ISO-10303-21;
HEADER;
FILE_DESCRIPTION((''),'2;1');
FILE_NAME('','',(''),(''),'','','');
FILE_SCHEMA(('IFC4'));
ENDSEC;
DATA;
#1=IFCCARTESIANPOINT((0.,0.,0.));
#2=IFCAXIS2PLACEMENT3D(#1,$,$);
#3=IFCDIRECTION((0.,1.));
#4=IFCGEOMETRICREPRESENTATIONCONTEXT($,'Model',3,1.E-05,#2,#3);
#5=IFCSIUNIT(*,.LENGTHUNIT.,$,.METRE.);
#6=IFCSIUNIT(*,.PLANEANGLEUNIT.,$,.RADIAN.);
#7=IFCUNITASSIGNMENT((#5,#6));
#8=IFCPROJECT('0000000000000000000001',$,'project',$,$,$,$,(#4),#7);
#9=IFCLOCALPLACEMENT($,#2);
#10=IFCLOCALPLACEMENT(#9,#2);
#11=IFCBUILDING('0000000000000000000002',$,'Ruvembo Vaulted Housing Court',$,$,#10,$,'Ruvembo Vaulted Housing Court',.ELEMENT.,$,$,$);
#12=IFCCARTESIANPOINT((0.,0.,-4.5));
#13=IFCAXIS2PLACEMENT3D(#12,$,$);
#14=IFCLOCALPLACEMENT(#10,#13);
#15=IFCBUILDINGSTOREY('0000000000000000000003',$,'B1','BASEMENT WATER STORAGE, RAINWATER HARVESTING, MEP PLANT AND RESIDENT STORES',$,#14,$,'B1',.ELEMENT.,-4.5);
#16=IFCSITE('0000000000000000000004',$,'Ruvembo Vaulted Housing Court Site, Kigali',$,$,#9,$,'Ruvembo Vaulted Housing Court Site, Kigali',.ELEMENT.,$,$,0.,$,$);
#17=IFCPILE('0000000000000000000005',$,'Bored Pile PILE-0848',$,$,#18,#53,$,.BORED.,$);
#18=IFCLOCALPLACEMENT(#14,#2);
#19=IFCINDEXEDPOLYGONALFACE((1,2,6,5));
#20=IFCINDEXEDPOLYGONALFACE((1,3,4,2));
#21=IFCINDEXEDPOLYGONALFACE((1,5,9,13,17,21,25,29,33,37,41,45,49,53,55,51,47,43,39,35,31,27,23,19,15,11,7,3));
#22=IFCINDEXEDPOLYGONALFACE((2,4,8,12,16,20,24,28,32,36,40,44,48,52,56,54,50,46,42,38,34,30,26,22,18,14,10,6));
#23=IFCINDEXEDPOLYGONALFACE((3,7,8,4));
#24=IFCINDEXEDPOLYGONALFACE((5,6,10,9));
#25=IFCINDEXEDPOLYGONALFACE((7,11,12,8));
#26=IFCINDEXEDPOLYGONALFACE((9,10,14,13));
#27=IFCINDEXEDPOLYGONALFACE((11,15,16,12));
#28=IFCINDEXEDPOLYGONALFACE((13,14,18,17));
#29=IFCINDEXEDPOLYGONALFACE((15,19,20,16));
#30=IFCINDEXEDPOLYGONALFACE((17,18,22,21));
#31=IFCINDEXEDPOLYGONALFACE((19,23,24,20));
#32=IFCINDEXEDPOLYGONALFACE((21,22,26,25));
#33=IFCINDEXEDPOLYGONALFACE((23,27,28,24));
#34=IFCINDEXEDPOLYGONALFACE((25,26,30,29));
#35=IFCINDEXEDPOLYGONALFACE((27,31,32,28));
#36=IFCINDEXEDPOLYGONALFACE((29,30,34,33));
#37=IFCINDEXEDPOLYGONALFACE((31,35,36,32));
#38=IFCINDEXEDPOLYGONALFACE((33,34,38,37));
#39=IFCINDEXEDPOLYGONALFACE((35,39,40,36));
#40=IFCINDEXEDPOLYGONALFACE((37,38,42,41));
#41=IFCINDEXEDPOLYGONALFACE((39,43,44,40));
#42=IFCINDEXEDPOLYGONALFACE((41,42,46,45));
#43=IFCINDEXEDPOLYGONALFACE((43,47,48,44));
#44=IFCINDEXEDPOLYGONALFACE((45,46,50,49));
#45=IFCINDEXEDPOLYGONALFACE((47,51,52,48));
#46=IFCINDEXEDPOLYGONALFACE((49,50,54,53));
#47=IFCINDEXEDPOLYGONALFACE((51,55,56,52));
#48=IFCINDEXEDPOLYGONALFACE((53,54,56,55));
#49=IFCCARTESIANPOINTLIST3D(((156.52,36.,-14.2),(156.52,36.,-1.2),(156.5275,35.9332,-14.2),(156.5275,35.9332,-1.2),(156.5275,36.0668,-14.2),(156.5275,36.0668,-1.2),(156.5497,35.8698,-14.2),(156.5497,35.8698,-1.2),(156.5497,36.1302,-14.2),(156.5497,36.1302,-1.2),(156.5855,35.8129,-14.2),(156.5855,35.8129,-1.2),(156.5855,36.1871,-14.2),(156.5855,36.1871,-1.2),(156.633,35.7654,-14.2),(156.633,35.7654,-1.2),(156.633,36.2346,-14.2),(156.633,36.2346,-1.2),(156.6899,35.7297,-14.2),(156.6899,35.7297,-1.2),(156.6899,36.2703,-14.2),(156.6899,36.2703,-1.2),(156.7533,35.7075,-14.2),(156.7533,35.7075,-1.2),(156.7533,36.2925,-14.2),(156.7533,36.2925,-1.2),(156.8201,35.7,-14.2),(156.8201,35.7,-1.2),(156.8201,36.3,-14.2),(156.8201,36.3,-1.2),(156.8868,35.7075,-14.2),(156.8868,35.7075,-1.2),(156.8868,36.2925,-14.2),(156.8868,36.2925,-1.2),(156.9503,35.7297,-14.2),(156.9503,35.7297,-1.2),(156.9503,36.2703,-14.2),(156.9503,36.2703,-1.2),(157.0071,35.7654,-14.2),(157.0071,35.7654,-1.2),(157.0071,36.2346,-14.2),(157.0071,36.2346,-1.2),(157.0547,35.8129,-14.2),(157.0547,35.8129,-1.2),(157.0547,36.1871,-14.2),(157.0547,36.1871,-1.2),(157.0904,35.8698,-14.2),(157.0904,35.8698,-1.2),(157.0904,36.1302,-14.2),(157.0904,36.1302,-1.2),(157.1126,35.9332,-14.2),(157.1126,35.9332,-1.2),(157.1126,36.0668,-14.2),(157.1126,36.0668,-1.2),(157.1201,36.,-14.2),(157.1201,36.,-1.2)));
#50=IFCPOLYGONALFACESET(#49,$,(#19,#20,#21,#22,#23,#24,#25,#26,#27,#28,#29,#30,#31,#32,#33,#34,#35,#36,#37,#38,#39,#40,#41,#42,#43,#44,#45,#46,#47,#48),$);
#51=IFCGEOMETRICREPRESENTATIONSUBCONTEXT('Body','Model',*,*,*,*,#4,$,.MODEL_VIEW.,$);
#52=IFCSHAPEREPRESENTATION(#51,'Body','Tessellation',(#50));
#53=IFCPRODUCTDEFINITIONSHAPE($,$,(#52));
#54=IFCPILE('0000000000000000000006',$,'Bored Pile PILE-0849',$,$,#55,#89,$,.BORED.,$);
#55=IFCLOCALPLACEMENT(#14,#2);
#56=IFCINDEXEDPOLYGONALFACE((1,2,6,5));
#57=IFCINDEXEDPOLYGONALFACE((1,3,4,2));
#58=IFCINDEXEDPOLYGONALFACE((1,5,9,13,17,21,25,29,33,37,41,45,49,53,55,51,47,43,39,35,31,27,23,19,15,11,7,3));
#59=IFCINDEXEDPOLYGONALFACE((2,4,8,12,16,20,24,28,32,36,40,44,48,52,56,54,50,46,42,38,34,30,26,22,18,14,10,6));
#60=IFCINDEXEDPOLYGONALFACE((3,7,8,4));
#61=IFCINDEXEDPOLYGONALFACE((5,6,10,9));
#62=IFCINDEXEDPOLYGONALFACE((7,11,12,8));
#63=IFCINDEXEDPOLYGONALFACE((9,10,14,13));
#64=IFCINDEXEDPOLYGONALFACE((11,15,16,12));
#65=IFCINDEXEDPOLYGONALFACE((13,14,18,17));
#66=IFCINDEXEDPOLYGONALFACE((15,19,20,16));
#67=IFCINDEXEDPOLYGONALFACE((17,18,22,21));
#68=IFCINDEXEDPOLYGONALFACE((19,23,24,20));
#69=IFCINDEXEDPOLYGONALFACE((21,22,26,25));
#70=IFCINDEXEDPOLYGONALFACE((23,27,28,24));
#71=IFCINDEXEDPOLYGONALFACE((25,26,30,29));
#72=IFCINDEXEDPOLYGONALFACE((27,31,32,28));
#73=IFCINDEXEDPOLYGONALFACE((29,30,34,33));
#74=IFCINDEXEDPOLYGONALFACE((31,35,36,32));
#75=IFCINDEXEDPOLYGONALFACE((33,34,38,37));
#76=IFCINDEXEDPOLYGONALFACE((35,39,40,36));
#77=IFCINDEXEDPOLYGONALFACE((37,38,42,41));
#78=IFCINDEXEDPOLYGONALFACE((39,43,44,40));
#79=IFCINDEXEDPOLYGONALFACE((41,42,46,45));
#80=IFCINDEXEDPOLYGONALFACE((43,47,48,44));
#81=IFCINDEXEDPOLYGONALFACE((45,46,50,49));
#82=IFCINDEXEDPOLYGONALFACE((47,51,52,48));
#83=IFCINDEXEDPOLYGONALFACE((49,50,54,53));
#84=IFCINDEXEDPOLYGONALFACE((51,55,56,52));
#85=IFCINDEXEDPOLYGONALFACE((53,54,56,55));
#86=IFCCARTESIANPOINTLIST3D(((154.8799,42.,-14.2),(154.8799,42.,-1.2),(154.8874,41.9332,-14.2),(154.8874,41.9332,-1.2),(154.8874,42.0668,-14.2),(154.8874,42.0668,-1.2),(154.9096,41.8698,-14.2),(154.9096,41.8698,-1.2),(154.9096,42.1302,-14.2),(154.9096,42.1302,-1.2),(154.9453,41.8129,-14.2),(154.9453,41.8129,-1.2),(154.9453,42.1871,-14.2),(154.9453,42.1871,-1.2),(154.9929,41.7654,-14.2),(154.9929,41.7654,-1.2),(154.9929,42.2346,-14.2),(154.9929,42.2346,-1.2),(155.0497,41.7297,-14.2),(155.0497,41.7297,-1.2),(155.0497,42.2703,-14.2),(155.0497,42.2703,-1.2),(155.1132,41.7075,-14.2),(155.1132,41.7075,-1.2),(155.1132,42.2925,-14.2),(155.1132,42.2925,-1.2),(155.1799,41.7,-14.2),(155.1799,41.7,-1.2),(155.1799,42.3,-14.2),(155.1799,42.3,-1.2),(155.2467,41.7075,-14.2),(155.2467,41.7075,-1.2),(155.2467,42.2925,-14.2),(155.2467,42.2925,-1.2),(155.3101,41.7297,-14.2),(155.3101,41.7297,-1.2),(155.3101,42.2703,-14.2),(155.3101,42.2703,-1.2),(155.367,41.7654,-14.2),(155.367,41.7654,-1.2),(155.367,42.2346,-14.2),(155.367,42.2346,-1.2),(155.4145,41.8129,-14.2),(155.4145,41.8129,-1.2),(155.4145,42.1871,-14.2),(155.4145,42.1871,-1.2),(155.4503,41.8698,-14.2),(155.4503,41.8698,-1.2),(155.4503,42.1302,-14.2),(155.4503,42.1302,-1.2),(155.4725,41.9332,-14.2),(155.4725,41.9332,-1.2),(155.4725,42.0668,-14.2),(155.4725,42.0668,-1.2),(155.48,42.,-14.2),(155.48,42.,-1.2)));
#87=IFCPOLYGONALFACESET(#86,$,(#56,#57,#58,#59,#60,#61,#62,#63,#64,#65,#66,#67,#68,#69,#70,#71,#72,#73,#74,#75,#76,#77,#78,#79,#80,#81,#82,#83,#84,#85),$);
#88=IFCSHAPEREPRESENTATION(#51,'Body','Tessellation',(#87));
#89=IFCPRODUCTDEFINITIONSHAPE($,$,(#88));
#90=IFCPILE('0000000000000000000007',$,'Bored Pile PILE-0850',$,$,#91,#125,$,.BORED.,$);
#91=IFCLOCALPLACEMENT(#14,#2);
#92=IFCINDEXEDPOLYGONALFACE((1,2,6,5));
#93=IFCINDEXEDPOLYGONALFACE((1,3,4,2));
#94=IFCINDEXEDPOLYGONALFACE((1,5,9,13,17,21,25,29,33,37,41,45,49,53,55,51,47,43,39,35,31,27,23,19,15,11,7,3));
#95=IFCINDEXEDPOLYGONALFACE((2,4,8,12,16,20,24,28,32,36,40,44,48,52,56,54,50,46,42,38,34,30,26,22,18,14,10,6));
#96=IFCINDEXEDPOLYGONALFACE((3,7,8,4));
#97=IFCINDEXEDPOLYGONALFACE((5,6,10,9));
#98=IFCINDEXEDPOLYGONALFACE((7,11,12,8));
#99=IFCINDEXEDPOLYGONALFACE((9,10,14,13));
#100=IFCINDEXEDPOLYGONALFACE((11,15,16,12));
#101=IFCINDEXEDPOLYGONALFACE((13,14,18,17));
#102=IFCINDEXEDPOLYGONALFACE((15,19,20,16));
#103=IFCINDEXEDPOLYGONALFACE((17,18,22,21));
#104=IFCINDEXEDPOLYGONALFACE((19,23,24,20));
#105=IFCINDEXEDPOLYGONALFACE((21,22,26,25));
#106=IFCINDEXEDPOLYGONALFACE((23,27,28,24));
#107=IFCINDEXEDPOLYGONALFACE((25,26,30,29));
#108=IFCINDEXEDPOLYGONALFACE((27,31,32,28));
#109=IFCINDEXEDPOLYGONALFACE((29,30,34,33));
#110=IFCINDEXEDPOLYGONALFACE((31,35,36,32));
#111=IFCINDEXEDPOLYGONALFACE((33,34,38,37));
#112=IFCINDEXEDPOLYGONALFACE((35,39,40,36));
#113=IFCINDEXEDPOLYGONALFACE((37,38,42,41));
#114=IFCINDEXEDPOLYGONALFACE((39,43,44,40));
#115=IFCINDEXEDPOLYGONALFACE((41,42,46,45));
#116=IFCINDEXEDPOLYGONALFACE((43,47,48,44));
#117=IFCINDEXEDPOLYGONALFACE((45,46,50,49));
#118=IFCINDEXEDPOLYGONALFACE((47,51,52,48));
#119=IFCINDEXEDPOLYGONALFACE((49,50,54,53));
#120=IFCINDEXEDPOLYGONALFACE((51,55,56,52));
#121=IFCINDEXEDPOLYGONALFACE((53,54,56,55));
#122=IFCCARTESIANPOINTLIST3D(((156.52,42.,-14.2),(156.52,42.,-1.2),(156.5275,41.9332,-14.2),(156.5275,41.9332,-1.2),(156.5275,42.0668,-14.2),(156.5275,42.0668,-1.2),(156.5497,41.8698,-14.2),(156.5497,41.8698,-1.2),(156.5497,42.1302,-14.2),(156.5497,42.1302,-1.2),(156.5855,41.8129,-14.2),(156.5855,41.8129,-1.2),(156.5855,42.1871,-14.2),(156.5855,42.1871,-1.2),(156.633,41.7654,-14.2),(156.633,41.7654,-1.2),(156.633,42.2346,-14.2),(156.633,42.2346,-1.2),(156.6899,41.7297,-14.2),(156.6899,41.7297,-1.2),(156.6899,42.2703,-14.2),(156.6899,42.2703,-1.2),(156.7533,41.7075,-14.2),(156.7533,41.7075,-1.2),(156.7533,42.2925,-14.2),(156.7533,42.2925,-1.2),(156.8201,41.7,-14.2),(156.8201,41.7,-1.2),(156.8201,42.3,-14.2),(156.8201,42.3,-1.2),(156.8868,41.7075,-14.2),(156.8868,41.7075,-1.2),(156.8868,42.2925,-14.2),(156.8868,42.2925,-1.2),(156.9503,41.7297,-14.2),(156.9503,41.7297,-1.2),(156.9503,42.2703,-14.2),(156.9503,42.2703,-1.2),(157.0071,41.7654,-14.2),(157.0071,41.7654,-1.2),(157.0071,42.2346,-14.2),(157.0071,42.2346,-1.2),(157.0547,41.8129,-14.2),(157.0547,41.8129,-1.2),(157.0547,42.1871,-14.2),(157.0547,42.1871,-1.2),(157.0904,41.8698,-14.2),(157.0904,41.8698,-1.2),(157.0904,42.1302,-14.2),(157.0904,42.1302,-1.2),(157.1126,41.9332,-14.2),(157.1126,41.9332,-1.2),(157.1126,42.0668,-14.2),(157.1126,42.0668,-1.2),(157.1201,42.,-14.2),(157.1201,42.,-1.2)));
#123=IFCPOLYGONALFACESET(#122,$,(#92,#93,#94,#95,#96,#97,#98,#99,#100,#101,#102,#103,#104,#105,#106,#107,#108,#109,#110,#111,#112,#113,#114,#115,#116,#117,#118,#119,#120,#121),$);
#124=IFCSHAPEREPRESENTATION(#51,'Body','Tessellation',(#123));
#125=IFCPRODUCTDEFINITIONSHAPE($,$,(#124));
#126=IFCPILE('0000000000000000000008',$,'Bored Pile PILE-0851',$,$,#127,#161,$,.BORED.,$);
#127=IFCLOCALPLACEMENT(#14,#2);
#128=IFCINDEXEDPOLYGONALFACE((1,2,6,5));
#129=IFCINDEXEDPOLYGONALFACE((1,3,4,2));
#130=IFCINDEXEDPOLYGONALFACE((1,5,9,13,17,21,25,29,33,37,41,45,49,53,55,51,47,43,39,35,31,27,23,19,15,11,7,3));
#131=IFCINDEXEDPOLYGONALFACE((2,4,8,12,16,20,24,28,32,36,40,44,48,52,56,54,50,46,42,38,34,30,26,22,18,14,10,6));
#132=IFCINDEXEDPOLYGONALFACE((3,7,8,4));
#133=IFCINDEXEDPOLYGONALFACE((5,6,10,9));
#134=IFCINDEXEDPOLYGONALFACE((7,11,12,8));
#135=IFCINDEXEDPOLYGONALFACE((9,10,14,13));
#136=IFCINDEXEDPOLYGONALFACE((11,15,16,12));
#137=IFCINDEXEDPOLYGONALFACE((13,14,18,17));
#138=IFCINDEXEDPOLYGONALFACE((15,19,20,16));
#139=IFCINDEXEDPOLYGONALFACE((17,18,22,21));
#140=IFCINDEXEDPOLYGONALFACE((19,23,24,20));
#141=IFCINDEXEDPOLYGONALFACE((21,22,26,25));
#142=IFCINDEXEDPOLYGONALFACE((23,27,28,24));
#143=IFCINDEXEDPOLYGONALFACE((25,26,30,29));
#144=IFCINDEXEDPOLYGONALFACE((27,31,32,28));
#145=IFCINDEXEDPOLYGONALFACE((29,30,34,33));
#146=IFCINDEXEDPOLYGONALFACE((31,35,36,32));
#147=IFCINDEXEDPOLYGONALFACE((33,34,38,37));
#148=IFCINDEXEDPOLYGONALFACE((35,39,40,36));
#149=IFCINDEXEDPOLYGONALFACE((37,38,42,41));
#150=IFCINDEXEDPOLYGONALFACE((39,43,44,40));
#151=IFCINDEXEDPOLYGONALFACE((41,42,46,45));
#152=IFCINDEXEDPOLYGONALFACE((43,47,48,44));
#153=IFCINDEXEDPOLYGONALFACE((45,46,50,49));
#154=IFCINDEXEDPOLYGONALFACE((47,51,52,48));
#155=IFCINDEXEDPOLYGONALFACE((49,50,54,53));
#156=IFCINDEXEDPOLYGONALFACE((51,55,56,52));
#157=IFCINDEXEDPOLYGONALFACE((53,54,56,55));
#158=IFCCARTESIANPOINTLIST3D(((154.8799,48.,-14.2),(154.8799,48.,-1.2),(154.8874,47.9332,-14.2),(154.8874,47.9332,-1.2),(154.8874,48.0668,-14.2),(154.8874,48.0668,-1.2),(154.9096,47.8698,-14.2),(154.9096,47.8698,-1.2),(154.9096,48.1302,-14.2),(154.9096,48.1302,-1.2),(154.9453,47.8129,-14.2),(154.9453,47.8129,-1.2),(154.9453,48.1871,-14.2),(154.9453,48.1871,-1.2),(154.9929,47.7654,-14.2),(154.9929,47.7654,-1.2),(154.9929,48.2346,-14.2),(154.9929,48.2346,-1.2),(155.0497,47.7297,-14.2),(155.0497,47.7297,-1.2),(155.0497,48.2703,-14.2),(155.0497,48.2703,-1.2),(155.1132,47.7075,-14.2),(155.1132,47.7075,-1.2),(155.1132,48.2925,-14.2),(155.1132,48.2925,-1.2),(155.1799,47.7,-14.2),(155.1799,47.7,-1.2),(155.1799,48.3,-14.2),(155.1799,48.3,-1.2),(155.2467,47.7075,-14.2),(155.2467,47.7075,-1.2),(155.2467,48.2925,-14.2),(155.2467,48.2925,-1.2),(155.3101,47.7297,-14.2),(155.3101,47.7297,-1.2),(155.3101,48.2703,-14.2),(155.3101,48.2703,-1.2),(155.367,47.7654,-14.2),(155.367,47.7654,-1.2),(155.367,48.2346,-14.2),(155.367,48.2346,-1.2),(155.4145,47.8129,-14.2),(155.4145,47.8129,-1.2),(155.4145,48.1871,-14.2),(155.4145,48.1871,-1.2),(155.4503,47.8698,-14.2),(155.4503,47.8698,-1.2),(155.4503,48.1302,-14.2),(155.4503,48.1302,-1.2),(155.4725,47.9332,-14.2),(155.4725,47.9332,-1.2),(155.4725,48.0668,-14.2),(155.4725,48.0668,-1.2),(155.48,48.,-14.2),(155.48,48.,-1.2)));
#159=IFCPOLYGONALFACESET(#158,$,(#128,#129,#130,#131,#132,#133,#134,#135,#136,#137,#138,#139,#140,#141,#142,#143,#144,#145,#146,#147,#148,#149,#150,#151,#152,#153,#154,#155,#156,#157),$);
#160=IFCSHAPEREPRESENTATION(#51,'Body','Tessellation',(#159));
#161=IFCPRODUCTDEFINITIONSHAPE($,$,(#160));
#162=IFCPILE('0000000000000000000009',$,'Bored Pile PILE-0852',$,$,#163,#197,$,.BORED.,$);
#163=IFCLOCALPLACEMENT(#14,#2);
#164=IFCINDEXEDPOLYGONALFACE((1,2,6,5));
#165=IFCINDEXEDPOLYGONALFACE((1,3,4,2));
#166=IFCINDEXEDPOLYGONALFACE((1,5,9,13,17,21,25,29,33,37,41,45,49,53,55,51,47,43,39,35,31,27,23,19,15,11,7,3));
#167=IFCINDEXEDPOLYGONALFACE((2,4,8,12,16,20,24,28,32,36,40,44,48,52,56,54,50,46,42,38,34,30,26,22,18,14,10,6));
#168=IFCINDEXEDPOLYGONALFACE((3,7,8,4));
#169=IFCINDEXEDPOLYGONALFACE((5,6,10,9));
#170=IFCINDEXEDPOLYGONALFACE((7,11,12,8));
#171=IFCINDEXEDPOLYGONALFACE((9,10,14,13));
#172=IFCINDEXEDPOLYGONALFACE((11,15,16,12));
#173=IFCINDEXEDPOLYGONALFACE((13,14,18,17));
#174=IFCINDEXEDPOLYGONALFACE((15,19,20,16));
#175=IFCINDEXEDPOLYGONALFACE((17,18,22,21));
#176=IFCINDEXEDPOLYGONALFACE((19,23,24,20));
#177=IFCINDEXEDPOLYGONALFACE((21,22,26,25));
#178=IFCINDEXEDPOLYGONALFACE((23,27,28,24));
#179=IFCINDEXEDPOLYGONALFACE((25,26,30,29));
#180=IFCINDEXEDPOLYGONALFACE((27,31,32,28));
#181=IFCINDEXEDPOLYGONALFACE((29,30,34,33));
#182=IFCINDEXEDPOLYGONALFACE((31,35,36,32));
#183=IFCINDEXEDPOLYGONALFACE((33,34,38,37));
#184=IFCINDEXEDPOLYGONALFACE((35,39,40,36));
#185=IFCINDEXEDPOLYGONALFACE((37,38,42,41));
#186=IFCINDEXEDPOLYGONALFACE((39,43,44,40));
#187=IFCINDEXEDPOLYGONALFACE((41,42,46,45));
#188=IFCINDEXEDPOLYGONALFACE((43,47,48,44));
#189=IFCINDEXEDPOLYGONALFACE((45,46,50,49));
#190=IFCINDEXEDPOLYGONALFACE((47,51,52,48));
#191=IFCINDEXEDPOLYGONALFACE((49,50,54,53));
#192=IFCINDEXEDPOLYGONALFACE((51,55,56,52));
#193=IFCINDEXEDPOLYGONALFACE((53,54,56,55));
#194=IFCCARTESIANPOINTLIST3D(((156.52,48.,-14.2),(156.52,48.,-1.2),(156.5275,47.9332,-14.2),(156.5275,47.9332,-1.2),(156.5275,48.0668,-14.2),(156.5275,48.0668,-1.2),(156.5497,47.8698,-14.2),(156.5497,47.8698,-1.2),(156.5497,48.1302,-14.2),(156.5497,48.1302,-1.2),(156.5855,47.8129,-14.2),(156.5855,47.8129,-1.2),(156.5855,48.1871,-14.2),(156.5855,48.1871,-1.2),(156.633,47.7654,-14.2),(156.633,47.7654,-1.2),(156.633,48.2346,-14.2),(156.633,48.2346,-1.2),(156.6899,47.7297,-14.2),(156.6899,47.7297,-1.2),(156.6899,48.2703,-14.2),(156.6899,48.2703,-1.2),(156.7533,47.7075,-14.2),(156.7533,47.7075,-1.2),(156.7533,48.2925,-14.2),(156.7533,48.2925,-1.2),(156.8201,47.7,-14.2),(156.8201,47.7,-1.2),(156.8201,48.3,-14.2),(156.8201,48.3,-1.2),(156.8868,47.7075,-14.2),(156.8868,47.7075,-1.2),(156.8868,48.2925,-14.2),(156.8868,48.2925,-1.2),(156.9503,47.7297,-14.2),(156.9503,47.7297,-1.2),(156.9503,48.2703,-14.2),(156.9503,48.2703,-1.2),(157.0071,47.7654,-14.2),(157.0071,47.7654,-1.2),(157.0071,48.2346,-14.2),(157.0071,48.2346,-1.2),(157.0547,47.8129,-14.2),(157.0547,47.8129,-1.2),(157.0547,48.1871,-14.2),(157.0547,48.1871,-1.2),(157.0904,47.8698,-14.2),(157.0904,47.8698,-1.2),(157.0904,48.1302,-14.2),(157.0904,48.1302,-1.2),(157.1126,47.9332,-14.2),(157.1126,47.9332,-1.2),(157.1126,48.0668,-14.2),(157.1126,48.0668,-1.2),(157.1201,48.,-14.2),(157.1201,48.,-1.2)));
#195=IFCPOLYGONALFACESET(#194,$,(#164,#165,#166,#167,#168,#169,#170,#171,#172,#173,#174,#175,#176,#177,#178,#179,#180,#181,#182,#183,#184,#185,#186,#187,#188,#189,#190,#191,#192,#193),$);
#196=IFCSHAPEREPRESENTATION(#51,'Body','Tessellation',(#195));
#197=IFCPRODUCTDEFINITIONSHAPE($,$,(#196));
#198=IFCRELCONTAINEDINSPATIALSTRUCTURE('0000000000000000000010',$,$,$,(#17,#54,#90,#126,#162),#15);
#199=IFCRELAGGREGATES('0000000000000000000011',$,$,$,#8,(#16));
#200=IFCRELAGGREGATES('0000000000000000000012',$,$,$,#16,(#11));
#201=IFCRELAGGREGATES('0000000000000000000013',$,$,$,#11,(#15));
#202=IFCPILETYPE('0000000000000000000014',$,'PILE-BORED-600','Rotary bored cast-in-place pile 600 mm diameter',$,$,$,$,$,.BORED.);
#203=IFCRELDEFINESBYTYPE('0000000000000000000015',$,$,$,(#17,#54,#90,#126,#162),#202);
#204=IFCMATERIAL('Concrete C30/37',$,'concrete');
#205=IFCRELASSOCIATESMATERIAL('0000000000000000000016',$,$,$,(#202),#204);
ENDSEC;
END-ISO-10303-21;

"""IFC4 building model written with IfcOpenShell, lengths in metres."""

from ifc_helpers import new_model, si_unit, direction, frame, origin, origin_2d, place, context, subcontext, project, spatial, circle, extrude, material, material_profile, profile_set, type_object, element, save


model = new_model("IFC4")

# Units and contexts
model_context = context("Model", 3, precision=1e-05, world=origin(), true_north=direction((0.0, 1.0)))
body_context = subcontext(model_context, "Body", "Model", "MODEL_VIEW")
ifc_project = project(units=[si_unit("LENGTHUNIT", "METRE"), si_unit("PLANEANGLEUNIT", "RADIAN")], contexts=[model_context])

# Site, building, storey
site_placement = place(None, origin())
site = spatial("IfcSite", under=ifc_project, at=site_placement, Name="Ruvembo Vaulted Housing Court Site, Kigali", LongName="Ruvembo Vaulted Housing Court Site, Kigali", CompositionType="ELEMENT", RefElevation=0.0)
building_placement = place(site_placement, origin())
building = spatial("IfcBuilding", under=site, at=building_placement, Name="Ruvembo Vaulted Housing Court", LongName="Ruvembo Vaulted Housing Court", CompositionType="ELEMENT")
storey_placement = place(building_placement, frame((0.0, 0.0, -4.5)))
storey = spatial("IfcBuildingStorey", under=building, at=storey_placement, Name="B1", Description="BASEMENT WATER STORAGE, RAINWATER HARVESTING, MEP PLANT AND RESIDENT STORES", LongName="B1", CompositionType="ELEMENT", Elevation=-4.5)

# Piles
ifc_material_1 = material(Name="Concrete C30/37", Category="concrete")
ifc_material_profile_1 = material_profile(ifc_material_1, circle(Radius=0.3, at=origin_2d()), Name="PILE D600")
ifc_profile_set_1 = profile_set([ifc_material_profile_1], Name="Concrete C30/37")
pile_type = type_object("IfcPileType", Name="PILE-BORED-600", Description="Rotary bored cast-in-place pile 600 mm diameter", PredefinedType="BORED", material=ifc_profile_set_1)
for number, where, z_axis, x_axis, name in (
    (1, (156.8201, 36.0, -1.2), (0.0, 0.0, -1.0), (1.0, 0.0, 0.0), "Bored Pile PILE-0848"),
    (2, (155.1799, 42.0, -1.2), (0.0, 0.0, -1.0), (1.0, 0.0, 0.0), "Bored Pile PILE-0849"),
    (3, (156.8201, 42.0, -1.2), (0.0, 0.0, -1.0), (1.0, 0.0, 0.0), "Bored Pile PILE-0850"),
    (4, (155.1799, 48.0, -1.2), (0.0, 0.0, -1.0), (1.0, 0.0, 0.0), "Bored Pile PILE-0851"),
    (5, (156.8201, 48.0, -1.2), (0.0, 0.0, -1.0), (1.0, 0.0, 0.0), "Bored Pile PILE-0852"),
):
    element("IfcPile", number, at=place(storey_placement, frame(where, z_axis=z_axis, x_axis=x_axis)), inside=storey, type_object=pile_type, Name=name, PredefinedType="BORED", context=body_context, shape_type="SweptSolid", body=[
        extrude(circle(Radius=0.3, at=origin_2d()), origin(), (0.0, 0.0, 1.0), 13.0),
    ])

save(model, "model.ifc")
